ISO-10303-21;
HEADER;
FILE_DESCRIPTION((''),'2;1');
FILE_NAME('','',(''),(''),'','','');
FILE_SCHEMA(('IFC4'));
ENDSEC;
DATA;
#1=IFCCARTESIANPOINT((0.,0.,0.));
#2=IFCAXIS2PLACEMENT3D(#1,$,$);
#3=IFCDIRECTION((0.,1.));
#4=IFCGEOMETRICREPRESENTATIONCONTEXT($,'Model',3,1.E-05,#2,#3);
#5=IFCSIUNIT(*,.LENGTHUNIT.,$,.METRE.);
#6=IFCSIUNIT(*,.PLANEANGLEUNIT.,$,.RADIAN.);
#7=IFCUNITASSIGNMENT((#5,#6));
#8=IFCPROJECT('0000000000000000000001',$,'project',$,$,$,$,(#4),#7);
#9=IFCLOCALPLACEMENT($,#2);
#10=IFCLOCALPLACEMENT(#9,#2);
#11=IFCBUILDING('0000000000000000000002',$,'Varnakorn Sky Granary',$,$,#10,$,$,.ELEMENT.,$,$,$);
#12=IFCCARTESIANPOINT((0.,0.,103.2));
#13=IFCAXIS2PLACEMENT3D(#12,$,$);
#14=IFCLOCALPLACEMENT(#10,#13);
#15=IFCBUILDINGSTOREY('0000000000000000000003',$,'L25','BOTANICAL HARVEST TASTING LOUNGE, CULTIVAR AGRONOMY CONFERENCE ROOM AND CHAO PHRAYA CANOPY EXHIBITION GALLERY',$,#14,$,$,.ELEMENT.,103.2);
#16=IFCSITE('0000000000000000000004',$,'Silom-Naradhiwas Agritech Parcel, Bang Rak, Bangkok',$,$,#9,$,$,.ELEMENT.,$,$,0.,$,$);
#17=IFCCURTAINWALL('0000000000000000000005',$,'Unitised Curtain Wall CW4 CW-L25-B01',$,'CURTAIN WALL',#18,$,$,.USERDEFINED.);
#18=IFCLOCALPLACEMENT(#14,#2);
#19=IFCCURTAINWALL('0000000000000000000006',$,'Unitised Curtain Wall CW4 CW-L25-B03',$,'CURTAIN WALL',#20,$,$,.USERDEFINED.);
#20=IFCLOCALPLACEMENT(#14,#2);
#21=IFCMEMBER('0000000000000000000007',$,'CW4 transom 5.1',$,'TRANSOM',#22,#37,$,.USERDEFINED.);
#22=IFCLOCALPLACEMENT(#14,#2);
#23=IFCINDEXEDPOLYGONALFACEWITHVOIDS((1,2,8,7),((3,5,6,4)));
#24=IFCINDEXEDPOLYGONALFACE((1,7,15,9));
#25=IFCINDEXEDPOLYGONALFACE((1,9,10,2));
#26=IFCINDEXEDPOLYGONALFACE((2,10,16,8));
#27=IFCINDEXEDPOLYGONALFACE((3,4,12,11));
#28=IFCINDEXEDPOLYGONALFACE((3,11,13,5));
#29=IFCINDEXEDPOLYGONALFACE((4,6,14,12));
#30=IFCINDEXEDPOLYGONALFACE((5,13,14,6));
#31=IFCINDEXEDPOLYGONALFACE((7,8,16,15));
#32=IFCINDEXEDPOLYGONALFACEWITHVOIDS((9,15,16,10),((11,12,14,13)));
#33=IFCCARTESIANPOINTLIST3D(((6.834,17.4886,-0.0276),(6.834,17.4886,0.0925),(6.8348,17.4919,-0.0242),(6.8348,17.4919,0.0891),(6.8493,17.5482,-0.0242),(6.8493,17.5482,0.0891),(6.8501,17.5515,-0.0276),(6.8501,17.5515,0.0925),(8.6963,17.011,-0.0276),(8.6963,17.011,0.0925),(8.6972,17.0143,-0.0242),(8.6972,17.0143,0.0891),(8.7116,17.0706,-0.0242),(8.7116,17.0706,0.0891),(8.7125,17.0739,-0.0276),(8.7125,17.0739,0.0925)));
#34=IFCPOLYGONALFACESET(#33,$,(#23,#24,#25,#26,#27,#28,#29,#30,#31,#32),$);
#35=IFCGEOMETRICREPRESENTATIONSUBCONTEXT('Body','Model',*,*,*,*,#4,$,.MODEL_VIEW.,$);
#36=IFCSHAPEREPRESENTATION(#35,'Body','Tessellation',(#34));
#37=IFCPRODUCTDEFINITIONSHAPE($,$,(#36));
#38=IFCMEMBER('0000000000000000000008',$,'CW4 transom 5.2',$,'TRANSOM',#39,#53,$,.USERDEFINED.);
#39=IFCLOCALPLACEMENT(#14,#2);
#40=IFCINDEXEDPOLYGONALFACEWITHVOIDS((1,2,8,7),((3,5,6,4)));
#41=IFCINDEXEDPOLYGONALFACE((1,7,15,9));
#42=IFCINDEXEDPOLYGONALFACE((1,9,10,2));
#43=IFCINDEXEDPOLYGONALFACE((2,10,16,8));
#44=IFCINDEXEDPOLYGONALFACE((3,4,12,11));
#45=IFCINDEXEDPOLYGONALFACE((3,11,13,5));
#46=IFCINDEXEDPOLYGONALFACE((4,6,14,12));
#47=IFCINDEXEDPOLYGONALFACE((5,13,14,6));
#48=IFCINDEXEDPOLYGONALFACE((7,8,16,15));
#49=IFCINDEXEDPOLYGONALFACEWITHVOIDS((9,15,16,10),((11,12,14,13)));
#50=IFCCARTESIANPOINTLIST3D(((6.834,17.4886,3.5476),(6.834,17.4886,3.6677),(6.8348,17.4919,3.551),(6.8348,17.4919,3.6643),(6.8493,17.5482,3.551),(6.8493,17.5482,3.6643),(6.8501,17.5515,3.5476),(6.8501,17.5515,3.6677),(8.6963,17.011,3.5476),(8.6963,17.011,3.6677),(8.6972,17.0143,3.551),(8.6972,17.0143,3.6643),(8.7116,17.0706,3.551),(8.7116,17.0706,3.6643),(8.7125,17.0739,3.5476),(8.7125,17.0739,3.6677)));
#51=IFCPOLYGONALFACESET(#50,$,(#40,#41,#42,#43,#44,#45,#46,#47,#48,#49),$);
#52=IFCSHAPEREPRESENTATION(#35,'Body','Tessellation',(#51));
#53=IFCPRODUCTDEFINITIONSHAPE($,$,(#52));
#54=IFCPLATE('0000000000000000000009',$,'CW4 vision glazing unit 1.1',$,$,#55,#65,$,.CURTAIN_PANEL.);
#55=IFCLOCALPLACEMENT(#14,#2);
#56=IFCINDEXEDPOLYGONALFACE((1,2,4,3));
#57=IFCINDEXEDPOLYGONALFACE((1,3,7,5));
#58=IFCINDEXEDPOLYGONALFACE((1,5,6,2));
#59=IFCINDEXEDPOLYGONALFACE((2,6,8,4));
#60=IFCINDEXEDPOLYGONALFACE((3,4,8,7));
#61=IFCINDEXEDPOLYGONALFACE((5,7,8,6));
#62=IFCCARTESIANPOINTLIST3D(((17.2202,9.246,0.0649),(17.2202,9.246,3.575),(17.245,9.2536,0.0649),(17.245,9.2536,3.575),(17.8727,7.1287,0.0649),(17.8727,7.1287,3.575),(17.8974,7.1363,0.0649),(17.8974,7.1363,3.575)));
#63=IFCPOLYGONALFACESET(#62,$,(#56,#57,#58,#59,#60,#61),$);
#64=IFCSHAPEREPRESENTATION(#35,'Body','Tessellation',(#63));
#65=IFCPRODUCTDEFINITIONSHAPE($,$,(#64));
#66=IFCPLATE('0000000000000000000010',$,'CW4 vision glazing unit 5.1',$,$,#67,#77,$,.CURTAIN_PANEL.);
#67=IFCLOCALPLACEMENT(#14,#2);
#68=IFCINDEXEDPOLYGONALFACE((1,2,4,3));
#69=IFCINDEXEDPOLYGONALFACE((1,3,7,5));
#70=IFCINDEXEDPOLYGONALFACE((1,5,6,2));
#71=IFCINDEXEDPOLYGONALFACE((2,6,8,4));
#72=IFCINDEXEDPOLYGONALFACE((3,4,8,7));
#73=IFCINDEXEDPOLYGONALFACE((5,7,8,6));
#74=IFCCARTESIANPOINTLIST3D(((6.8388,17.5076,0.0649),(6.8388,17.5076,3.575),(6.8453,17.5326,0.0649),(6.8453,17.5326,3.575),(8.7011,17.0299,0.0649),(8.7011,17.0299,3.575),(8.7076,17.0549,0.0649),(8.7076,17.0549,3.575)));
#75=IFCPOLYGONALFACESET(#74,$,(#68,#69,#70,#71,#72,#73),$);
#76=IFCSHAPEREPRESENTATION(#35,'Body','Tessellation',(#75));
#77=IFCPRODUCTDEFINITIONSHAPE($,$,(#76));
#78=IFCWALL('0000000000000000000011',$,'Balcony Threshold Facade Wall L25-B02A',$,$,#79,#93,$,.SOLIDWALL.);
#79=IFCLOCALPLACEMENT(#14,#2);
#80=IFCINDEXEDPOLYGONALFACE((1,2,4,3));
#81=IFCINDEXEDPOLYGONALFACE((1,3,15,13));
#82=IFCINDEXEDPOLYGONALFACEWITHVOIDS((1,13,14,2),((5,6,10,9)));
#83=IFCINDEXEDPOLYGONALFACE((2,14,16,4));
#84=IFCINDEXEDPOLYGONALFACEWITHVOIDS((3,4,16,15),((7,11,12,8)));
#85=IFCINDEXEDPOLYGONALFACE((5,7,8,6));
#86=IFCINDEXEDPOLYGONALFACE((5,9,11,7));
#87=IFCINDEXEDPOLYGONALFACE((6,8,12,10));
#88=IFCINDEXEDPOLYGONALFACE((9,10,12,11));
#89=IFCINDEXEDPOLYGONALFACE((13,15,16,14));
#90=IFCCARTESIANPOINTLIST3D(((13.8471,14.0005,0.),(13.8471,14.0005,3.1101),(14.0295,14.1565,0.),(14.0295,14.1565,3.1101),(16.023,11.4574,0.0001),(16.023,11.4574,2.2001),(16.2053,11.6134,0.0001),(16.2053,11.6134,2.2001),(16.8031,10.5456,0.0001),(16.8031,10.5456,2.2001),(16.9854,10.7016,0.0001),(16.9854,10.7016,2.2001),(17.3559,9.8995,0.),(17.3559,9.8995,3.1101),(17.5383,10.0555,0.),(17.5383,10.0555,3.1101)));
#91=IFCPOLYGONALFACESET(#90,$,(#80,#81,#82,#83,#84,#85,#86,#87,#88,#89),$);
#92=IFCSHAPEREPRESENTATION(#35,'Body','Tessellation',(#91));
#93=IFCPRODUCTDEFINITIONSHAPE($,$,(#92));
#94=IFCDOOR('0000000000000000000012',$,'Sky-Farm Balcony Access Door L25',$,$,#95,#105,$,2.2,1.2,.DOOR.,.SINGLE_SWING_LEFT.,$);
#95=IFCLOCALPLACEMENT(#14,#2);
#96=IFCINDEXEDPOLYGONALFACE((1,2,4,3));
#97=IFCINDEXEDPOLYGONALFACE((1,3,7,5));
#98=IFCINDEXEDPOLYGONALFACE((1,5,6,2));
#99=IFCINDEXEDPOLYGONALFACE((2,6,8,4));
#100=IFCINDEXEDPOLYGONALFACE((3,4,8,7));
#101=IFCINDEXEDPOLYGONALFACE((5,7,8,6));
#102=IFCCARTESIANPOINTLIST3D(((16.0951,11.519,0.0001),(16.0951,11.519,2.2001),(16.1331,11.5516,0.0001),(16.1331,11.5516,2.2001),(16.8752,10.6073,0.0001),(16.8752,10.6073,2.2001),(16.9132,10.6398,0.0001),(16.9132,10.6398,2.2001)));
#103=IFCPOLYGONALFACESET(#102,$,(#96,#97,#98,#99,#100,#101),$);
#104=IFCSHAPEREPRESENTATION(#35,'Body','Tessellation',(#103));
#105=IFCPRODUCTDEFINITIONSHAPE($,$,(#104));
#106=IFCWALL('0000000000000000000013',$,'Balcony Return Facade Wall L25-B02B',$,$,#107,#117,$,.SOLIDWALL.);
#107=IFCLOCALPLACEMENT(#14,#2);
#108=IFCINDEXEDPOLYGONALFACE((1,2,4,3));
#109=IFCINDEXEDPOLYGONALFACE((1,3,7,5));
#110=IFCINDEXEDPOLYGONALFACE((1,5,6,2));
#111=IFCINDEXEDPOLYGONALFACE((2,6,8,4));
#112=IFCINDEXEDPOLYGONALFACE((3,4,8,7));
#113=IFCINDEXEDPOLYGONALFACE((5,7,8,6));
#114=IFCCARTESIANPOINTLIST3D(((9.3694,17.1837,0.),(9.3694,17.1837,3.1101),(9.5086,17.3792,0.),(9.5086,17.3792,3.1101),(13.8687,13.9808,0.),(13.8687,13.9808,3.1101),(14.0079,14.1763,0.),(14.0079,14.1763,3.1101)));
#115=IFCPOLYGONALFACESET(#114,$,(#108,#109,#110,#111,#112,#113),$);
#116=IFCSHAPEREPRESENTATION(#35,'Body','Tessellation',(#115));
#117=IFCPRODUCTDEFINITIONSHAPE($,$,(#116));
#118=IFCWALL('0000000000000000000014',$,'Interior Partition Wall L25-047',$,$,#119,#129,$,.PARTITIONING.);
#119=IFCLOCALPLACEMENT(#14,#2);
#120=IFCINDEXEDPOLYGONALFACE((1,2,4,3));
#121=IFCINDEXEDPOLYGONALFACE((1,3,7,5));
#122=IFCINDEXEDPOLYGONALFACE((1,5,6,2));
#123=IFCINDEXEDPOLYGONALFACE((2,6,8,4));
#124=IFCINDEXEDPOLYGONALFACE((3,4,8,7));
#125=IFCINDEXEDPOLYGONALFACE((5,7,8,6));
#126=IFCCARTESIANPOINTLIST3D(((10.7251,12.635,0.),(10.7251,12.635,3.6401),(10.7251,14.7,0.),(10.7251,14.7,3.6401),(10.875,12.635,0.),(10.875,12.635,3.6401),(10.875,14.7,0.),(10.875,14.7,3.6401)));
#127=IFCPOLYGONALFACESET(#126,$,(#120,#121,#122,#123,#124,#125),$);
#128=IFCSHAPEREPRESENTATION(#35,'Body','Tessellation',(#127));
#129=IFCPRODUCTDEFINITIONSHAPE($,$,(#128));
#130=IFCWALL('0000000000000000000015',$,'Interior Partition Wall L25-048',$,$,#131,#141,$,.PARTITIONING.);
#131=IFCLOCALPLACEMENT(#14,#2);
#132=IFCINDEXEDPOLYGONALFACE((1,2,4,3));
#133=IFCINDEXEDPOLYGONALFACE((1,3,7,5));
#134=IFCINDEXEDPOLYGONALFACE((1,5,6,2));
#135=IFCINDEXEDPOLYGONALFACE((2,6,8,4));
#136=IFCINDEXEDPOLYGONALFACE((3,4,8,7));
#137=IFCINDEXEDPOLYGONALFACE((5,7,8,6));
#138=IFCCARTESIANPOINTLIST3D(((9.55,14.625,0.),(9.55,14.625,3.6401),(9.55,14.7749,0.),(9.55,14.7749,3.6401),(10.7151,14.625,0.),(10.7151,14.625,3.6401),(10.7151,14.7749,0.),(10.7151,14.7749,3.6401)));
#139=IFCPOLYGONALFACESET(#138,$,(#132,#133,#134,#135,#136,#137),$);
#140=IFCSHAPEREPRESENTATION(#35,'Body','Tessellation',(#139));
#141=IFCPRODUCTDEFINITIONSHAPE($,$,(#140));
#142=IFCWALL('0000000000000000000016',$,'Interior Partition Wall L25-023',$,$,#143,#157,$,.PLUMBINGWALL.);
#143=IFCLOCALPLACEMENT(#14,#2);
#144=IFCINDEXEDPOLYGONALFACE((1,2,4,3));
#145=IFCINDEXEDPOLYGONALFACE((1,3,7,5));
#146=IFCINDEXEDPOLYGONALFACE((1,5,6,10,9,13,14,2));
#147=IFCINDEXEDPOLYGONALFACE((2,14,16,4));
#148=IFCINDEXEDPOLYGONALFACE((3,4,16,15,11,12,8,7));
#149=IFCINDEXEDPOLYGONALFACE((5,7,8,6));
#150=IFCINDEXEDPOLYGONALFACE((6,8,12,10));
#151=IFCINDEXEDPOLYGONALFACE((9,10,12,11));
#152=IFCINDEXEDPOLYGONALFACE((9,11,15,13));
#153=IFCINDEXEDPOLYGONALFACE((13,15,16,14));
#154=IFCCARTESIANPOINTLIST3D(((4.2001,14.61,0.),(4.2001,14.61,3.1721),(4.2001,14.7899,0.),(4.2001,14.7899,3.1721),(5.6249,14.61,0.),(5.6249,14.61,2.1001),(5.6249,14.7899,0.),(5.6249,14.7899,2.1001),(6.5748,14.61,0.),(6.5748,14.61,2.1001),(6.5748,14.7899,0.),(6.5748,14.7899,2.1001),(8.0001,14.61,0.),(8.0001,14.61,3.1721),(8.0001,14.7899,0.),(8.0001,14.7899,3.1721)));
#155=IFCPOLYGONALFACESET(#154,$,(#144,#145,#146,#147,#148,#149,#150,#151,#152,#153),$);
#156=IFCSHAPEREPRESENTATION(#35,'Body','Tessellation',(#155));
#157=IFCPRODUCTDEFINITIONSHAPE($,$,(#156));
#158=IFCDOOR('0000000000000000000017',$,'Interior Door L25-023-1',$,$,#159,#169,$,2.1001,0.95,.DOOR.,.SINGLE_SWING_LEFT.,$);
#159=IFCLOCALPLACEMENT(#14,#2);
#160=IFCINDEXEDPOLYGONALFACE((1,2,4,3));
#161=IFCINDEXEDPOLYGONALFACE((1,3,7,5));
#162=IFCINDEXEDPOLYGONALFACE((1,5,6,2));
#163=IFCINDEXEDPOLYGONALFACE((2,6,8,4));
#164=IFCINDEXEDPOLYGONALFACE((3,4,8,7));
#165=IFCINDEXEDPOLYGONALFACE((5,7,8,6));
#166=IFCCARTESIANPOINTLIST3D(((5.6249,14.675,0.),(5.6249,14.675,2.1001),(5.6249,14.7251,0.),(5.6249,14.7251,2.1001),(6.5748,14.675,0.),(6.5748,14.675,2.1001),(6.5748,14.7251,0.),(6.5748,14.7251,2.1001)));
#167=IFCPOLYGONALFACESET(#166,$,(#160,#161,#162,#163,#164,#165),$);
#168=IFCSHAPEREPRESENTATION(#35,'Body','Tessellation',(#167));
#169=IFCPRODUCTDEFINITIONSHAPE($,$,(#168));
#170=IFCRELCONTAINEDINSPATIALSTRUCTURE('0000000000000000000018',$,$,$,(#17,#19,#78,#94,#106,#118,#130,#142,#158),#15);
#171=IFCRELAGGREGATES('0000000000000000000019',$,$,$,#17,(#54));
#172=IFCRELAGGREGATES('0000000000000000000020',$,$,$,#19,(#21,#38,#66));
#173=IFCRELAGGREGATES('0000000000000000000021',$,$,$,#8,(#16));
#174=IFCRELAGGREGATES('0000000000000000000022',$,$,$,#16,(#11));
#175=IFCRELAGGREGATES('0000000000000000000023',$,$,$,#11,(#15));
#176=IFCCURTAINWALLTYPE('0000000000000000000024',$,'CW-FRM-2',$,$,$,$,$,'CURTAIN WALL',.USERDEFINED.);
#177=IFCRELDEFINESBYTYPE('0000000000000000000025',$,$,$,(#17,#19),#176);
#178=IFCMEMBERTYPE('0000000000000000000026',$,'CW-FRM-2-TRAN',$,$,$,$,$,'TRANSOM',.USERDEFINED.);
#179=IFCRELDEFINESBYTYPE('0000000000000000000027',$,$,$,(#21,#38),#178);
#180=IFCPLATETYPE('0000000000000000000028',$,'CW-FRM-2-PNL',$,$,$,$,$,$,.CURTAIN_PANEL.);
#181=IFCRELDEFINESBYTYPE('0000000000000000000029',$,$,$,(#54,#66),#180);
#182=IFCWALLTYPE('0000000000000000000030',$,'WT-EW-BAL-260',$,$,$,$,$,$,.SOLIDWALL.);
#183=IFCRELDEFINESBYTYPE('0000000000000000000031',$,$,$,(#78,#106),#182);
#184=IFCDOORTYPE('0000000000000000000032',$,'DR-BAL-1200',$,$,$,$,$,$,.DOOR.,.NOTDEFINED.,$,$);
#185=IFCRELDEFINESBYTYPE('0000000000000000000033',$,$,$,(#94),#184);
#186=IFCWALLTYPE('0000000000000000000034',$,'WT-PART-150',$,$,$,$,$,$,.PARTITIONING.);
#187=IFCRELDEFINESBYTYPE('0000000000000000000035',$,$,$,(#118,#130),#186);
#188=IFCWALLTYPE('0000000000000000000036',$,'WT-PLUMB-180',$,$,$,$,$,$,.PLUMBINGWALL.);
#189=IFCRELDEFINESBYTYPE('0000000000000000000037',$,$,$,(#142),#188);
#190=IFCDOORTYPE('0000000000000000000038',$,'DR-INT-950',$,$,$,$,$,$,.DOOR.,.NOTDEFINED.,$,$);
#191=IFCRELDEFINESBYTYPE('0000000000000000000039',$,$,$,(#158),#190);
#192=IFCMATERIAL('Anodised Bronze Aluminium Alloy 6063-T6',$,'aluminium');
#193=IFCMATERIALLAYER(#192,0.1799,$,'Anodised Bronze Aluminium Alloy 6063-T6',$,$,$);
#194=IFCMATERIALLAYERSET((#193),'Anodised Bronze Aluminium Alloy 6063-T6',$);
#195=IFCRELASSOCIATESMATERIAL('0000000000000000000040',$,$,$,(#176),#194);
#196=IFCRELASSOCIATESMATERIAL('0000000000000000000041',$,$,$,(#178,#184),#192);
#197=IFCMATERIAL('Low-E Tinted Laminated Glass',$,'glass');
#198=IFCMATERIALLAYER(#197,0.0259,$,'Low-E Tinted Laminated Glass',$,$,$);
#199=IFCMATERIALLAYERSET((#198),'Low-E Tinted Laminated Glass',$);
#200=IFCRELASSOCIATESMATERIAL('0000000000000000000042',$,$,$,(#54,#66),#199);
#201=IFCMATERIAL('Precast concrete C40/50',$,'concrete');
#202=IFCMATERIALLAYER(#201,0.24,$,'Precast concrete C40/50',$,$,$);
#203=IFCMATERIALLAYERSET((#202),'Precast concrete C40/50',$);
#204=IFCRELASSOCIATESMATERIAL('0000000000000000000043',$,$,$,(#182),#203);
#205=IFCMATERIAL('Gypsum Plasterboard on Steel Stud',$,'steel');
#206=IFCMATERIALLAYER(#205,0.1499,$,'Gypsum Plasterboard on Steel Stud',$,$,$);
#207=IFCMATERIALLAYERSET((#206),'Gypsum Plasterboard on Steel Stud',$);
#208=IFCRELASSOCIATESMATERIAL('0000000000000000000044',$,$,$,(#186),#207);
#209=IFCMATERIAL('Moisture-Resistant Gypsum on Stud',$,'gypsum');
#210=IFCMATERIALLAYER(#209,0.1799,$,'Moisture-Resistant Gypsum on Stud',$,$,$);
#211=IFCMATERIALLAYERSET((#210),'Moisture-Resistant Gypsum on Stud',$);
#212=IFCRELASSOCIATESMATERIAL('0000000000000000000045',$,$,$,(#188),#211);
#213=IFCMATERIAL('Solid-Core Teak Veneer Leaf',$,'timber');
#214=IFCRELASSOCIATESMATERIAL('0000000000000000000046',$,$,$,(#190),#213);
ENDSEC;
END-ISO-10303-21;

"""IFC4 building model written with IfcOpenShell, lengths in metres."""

from ifc_helpers import new_model, si_unit, direction, frame, frame_2d, origin, origin_2d, place, context, subcontext, project, spatial, rectangle, hollow_rectangle, extrude, source, transform, mapped, material, layer, layer_set, material_profile, profile_set, type_object, type_shapes, element, fill, aggregate, save


model = new_model("IFC4")

# Units and contexts
model_context = context("Model", 3, precision=1e-05, world=origin(), true_north=direction((0.0, 1.0)))
body_context = subcontext(model_context, "Body", "Model", "MODEL_VIEW")
ifc_project = project(units=[si_unit("LENGTHUNIT", "METRE"), si_unit("PLANEANGLEUNIT", "RADIAN")], contexts=[model_context])

# Site, building, storey
site_placement = place(None, origin())
site = spatial("IfcSite", under=ifc_project, at=site_placement, Name="Silom-Naradhiwas Agritech Parcel, Bang Rak, Bangkok", CompositionType="ELEMENT", RefElevation=0.0)
building_placement = place(site_placement, origin())
building = spatial("IfcBuilding", under=site, at=building_placement, Name="Varnakorn Sky Granary", CompositionType="ELEMENT")
storey_placement = place(building_placement, frame((0.0, 0.0, 103.2)))
storey = spatial("IfcBuildingStorey", under=building, at=storey_placement, Name="L25", Description="BOTANICAL HARVEST TASTING LOUNGE, CULTIVAR AGRONOMY CONFERENCE ROOM AND CHAO PHRAYA CANOPY EXHIBITION GALLERY", CompositionType="ELEMENT", Elevation=103.2)

# Curtain walls
ifc_material_1 = material(Name="Anodised Bronze Aluminium Alloy 6063-T6", Category="aluminium")
ifc_layer_1 = layer(ifc_material_1, 0.1799, Name="Anodised Bronze Aluminium Alloy 6063-T6")
ifc_layer_set_1 = layer_set([ifc_layer_1], Name="Anodised Bronze Aluminium Alloy 6063-T6")
curtain_wall_type = type_object("IfcCurtainWallType", Name="CW-FRM-2", ElementType="CURTAIN WALL", PredefinedType="USERDEFINED", material=ifc_layer_set_1)
curtain_wall_1_placement = place(storey_placement, origin())
curtain_wall_1 = element("IfcCurtainWall", 1, at=curtain_wall_1_placement, inside=storey, type_object=curtain_wall_type, Name="Unitised Curtain Wall CW4 CW-L25-B01", ObjectType="CURTAIN WALL", PredefinedType="USERDEFINED")
curtain_wall_2_placement = place(storey_placement, origin())
curtain_wall_2 = element("IfcCurtainWall", 2, at=curtain_wall_2_placement, inside=storey, type_object=curtain_wall_type, Name="Unitised Curtain Wall CW4 CW-L25-B03", ObjectType="CURTAIN WALL", PredefinedType="USERDEFINED")

# Members
ifc_material_profile_1 = material_profile(ifc_material_1, hollow_rectangle(XDim=0.0649, YDim=0.1201, WallThickness=0.0034, at=origin_2d()), Name="ALU TRAN 65x120")
ifc_profile_set_1 = profile_set([ifc_material_profile_1], Name="Anodised Bronze Aluminium Alloy 6063-T6")
member_type_1 = type_object("IfcMemberType", Name="CW-FRM-2-TRAN", ElementType="TRANSOM", PredefinedType="USERDEFINED", material=ifc_profile_set_1)
member_1_placement = place(storey_placement, frame((6.842, 17.52, 0.0325), z_axis=(0.968661, -0.248388, 0.0), x_axis=(0.248388, 0.968661, 0.0)))
member_1 = element("IfcMember", 3, at=member_1_placement, type_object=member_type_1, Name="CW4 transom 5.1", ObjectType="TRANSOM", PredefinedType="USERDEFINED", context=body_context, shape_type="SweptSolid", body=[
    extrude(hollow_rectangle(XDim=0.0649, YDim=0.1201, WallThickness=0.0034, at=origin_2d()), origin(), (0.0, 0.0, 1.0), 1.9226),
])
member_2_placement = place(storey_placement, frame((6.842, 17.52, 3.6077), z_axis=(0.968661, -0.248388, 0.0), x_axis=(0.248388, 0.968661, 0.0)))
member_2 = element("IfcMember", 4, at=member_2_placement, type_object=member_type_1, Name="CW4 transom 5.2", ObjectType="TRANSOM", PredefinedType="USERDEFINED", context=body_context, shape_type="SweptSolid", body=[
    extrude(hollow_rectangle(XDim=0.0649, YDim=0.1201, WallThickness=0.0034, at=origin_2d()), origin(), (0.0, 0.0, 1.0), 1.9226),
])

# Plates
ifc_material_2 = material(Name="Low-E Tinted Laminated Glass", Category="glass")
ifc_layer_2 = layer(ifc_material_2, 0.0259, Name="Low-E Tinted Laminated Glass")
ifc_layer_set_2 = layer_set([ifc_layer_2], Name="Low-E Tinted Laminated Glass")
plate_type = type_object("IfcPlateType", Name="CW-FRM-2-PNL", PredefinedType="CURTAIN_PANEL")
shared_shape_1 = source(origin(), body_context, "Body", "SweptSolid", [
    extrude(rectangle(XDim=2.2156, YDim=0.0259, at=origin_2d()), origin(), (0.0, 0.0, 1.0), 3.51),
])
plate_1_placement = place(storey_placement, frame((17.5588, 8.1912, 0.0649), z_axis=(0.0, 0.0, 1.0), x_axis=(0.294498, -0.955652, 0.0)))
plate_1 = element("IfcPlate", 5, at=plate_1_placement, type_object=plate_type, material=ifc_layer_set_2, Name="CW4 vision glazing unit 1.1", PredefinedType="CURTAIN_PANEL", context=body_context, shape_type="MappedRepresentation", body=[
    mapped(shared_shape_1, transform((0.0, 0.0, 0.0), x_axis=(1.0, 0.0, 0.0), y_axis=(0.0, 1.0, 0.0), z_axis=(0.0, 0.0, 1.0), scale=1.0)),
])
aggregate(curtain_wall_1, [plate_1])
shared_shape_2 = source(origin(), body_context, "Body", "SweptSolid", [
    extrude(rectangle(XDim=1.9226, YDim=0.0259, at=origin_2d()), origin(), (0.0, 0.0, 1.0), 3.51),
])
type_shapes(plate_type, [shared_shape_1, shared_shape_2])
plate_2_placement = place(storey_placement, frame((7.7732, 17.2812, 0.0649), z_axis=(0.0, 0.0, 1.0), x_axis=(0.968638, -0.248477, 0.0)))
plate_2 = element("IfcPlate", 6, at=plate_2_placement, type_object=plate_type, material=ifc_layer_set_2, Name="CW4 vision glazing unit 5.1", PredefinedType="CURTAIN_PANEL", context=body_context, shape_type="MappedRepresentation", body=[
    mapped(shared_shape_2, transform((0.0, 0.0, 0.0), x_axis=(1.0, 0.0, 0.0), y_axis=(0.0, 1.0, 0.0), z_axis=(0.0, 0.0, 1.0), scale=1.0)),
])
aggregate(curtain_wall_2, [member_1, member_2, plate_2])

# Wall, opening, door
ifc_material_3 = material(Name="Precast concrete C40/50", Category="concrete")
ifc_layer_3 = layer(ifc_material_3, 0.24, Name="Precast concrete C40/50")
ifc_layer_set_3 = layer_set([ifc_layer_3], Name="Precast concrete C40/50")
wall_type_1 = type_object("IfcWallType", Name="WT-EW-BAL-260", PredefinedType="SOLIDWALL", material=ifc_layer_set_3)
wall_1_placement = place(storey_placement, frame((13.9382, 14.0786, 0.0), z_axis=(0.0, 0.0, 1.0), x_axis=(0.650106, -0.759844, 0.0)))
wall_1 = element("IfcWall", 7, at=wall_1_placement, inside=storey, type_object=wall_type_1, Name="Balcony Threshold Facade Wall L25-B02A", PredefinedType="SOLIDWALL", context=body_context, shape_type="SweptSolid", body=[
    extrude(rectangle(XDim=5.3972, YDim=0.24, at=frame_2d((2.6987, 0.0))), origin(), (0.0, 0.0, 1.0), 3.1101),
])
opening_1_placement = place(wall_1_placement, frame((3.3469, 0.0, 0.0)))
opening_1 = element("IfcOpeningElement", 8, at=opening_1_placement, cuts=wall_1, PredefinedType="OPENING", context=body_context, shape_type="SweptSolid", body=[
    extrude(rectangle(XDim=1.2, YDim=2.2, at=frame_2d((0.6001, 1.1001))), frame((0.0, 0.1299, 0.0), z_axis=(0.0, -1.0, 0.0), x_axis=(1.0, 0.0, 0.0)), (0.0, 0.0, 1.0), 0.26),
])
door_type_1 = type_object("IfcDoorType", Name="DR-BAL-1200", OperationType="NOTDEFINED", PredefinedType="DOOR", material=ifc_material_1)
door_1_placement = place(opening_1_placement, origin())
door_1 = element("IfcDoor", 9, at=door_1_placement, inside=storey, type_object=door_type_1, Name="Sky-Farm Balcony Access Door L25", OperationType="SINGLE_SWING_LEFT", OverallHeight=2.2, OverallWidth=1.2, PredefinedType="DOOR", context=body_context, shape_type="SweptSolid", body=[
    extrude(rectangle(XDim=1.2, YDim=2.2, at=frame_2d((0.6001, 1.1001))), frame((0.0, 0.0249, 0.0), z_axis=(0.0, -1.0, 0.0), x_axis=(1.0, 0.0, 0.0)), (0.0, 0.0, 1.0), 0.05),
])
fill(opening_1, door_1)

# Walls
wall_2_placement = place(storey_placement, frame((9.439, 17.2815, 0.0), z_axis=(0.0, 0.0, 1.0), x_axis=(0.814664, -0.579933, 0.0)))
element("IfcWall", 10, at=wall_2_placement, inside=storey, type_object=wall_type_1, Name="Balcony Return Facade Wall L25-B02B", PredefinedType="SOLIDWALL", context=body_context, shape_type="SweptSolid", body=[
    extrude(rectangle(XDim=5.5229, YDim=0.24, at=frame_2d((2.7615, 0.0))), origin(), (0.0, 0.0, 1.0), 3.1101),
])
ifc_material_4 = material(Name="Gypsum Plasterboard on Steel Stud", Category="steel")
ifc_layer_4 = layer(ifc_material_4, 0.1499, Name="Gypsum Plasterboard on Steel Stud")
ifc_layer_set_4 = layer_set([ifc_layer_4], Name="Gypsum Plasterboard on Steel Stud")
wall_type_2 = type_object("IfcWallType", Name="WT-PART-150", PredefinedType="PARTITIONING", material=ifc_layer_set_4)
wall_3_placement = place(storey_placement, frame((10.8, 12.635, 0.0), z_axis=(0.0, 0.0, 1.0), x_axis=(0.0, 1.0, 0.0)))
element("IfcWall", 11, at=wall_3_placement, inside=storey, type_object=wall_type_2, Name="Interior Partition Wall L25-047", PredefinedType="PARTITIONING", context=body_context, shape_type="SweptSolid", body=[
    extrude(rectangle(XDim=2.0649, YDim=0.1499, at=frame_2d((1.0325, 0.0))), origin(), (0.0, 0.0, 1.0), 3.6401),
])
wall_4_placement = place(storey_placement, frame((10.7151, 14.7, 0.0), z_axis=(0.0, 0.0, 1.0), x_axis=(-1.0, 0.0, 0.0)))
element("IfcWall", 12, at=wall_4_placement, inside=storey, type_object=wall_type_2, Name="Interior Partition Wall L25-048", PredefinedType="PARTITIONING", context=body_context, shape_type="SweptSolid", body=[
    extrude(rectangle(XDim=1.165, YDim=0.1499, at=frame_2d((0.5825, 0.0))), origin(), (0.0, 0.0, 1.0), 3.6401),
])

# Wall, opening, door
ifc_material_5 = material(Name="Moisture-Resistant Gypsum on Stud", Category="gypsum")
ifc_layer_5 = layer(ifc_material_5, 0.1799, Name="Moisture-Resistant Gypsum on Stud")
ifc_layer_set_5 = layer_set([ifc_layer_5], Name="Moisture-Resistant Gypsum on Stud")
wall_type_3 = type_object("IfcWallType", Name="WT-PLUMB-180", PredefinedType="PLUMBINGWALL", material=ifc_layer_set_5)
wall_5_placement = place(storey_placement, frame((8.0, 14.7, 0.0), z_axis=(0.0, 0.0, 1.0), x_axis=(-1.0, 0.0, 0.0)))
wall_5 = element("IfcWall", 13, at=wall_5_placement, inside=storey, type_object=wall_type_3, Name="Interior Partition Wall L25-023", PredefinedType="PLUMBINGWALL", context=body_context, shape_type="SweptSolid", body=[
    extrude(rectangle(XDim=3.8, YDim=0.1799, at=frame_2d((1.8999, 0.0))), origin(), (0.0, 0.0, 1.0), 3.1721),
])
opening_2_placement = place(wall_5_placement, frame((1.425, 0.0, 0.0)))
opening_2 = element("IfcOpeningElement", 14, at=opening_2_placement, cuts=wall_5, PredefinedType="OPENING", context=body_context, shape_type="SweptSolid", body=[
    extrude(rectangle(XDim=0.95, YDim=2.1001, at=frame_2d((0.4751, 1.05))), frame((0.0, 0.1001, 0.0), z_axis=(0.0, -1.0, 0.0), x_axis=(1.0, 0.0, 0.0)), (0.0, 0.0, 1.0), 0.2),
])
ifc_material_6 = material(Name="Solid-Core Teak Veneer Leaf", Category="timber")
door_type_2 = type_object("IfcDoorType", Name="DR-INT-950", OperationType="NOTDEFINED", PredefinedType="DOOR", material=ifc_material_6)
door_2_placement = place(opening_2_placement, origin())
door_2 = element("IfcDoor", 15, at=door_2_placement, inside=storey, type_object=door_type_2, Name="Interior Door L25-023-1", OperationType="SINGLE_SWING_LEFT", OverallHeight=2.1001, OverallWidth=0.95, PredefinedType="DOOR", context=body_context, shape_type="SweptSolid", body=[
    extrude(rectangle(XDim=0.95, YDim=2.1001, at=frame_2d((0.4751, 1.05))), frame((0.0, 0.0249, 0.0), z_axis=(0.0, -1.0, 0.0), x_axis=(1.0, 0.0, 0.0)), (0.0, 0.0, 1.0), 0.05),
])
fill(opening_2, door_2)

save(model, "model.ifc")
